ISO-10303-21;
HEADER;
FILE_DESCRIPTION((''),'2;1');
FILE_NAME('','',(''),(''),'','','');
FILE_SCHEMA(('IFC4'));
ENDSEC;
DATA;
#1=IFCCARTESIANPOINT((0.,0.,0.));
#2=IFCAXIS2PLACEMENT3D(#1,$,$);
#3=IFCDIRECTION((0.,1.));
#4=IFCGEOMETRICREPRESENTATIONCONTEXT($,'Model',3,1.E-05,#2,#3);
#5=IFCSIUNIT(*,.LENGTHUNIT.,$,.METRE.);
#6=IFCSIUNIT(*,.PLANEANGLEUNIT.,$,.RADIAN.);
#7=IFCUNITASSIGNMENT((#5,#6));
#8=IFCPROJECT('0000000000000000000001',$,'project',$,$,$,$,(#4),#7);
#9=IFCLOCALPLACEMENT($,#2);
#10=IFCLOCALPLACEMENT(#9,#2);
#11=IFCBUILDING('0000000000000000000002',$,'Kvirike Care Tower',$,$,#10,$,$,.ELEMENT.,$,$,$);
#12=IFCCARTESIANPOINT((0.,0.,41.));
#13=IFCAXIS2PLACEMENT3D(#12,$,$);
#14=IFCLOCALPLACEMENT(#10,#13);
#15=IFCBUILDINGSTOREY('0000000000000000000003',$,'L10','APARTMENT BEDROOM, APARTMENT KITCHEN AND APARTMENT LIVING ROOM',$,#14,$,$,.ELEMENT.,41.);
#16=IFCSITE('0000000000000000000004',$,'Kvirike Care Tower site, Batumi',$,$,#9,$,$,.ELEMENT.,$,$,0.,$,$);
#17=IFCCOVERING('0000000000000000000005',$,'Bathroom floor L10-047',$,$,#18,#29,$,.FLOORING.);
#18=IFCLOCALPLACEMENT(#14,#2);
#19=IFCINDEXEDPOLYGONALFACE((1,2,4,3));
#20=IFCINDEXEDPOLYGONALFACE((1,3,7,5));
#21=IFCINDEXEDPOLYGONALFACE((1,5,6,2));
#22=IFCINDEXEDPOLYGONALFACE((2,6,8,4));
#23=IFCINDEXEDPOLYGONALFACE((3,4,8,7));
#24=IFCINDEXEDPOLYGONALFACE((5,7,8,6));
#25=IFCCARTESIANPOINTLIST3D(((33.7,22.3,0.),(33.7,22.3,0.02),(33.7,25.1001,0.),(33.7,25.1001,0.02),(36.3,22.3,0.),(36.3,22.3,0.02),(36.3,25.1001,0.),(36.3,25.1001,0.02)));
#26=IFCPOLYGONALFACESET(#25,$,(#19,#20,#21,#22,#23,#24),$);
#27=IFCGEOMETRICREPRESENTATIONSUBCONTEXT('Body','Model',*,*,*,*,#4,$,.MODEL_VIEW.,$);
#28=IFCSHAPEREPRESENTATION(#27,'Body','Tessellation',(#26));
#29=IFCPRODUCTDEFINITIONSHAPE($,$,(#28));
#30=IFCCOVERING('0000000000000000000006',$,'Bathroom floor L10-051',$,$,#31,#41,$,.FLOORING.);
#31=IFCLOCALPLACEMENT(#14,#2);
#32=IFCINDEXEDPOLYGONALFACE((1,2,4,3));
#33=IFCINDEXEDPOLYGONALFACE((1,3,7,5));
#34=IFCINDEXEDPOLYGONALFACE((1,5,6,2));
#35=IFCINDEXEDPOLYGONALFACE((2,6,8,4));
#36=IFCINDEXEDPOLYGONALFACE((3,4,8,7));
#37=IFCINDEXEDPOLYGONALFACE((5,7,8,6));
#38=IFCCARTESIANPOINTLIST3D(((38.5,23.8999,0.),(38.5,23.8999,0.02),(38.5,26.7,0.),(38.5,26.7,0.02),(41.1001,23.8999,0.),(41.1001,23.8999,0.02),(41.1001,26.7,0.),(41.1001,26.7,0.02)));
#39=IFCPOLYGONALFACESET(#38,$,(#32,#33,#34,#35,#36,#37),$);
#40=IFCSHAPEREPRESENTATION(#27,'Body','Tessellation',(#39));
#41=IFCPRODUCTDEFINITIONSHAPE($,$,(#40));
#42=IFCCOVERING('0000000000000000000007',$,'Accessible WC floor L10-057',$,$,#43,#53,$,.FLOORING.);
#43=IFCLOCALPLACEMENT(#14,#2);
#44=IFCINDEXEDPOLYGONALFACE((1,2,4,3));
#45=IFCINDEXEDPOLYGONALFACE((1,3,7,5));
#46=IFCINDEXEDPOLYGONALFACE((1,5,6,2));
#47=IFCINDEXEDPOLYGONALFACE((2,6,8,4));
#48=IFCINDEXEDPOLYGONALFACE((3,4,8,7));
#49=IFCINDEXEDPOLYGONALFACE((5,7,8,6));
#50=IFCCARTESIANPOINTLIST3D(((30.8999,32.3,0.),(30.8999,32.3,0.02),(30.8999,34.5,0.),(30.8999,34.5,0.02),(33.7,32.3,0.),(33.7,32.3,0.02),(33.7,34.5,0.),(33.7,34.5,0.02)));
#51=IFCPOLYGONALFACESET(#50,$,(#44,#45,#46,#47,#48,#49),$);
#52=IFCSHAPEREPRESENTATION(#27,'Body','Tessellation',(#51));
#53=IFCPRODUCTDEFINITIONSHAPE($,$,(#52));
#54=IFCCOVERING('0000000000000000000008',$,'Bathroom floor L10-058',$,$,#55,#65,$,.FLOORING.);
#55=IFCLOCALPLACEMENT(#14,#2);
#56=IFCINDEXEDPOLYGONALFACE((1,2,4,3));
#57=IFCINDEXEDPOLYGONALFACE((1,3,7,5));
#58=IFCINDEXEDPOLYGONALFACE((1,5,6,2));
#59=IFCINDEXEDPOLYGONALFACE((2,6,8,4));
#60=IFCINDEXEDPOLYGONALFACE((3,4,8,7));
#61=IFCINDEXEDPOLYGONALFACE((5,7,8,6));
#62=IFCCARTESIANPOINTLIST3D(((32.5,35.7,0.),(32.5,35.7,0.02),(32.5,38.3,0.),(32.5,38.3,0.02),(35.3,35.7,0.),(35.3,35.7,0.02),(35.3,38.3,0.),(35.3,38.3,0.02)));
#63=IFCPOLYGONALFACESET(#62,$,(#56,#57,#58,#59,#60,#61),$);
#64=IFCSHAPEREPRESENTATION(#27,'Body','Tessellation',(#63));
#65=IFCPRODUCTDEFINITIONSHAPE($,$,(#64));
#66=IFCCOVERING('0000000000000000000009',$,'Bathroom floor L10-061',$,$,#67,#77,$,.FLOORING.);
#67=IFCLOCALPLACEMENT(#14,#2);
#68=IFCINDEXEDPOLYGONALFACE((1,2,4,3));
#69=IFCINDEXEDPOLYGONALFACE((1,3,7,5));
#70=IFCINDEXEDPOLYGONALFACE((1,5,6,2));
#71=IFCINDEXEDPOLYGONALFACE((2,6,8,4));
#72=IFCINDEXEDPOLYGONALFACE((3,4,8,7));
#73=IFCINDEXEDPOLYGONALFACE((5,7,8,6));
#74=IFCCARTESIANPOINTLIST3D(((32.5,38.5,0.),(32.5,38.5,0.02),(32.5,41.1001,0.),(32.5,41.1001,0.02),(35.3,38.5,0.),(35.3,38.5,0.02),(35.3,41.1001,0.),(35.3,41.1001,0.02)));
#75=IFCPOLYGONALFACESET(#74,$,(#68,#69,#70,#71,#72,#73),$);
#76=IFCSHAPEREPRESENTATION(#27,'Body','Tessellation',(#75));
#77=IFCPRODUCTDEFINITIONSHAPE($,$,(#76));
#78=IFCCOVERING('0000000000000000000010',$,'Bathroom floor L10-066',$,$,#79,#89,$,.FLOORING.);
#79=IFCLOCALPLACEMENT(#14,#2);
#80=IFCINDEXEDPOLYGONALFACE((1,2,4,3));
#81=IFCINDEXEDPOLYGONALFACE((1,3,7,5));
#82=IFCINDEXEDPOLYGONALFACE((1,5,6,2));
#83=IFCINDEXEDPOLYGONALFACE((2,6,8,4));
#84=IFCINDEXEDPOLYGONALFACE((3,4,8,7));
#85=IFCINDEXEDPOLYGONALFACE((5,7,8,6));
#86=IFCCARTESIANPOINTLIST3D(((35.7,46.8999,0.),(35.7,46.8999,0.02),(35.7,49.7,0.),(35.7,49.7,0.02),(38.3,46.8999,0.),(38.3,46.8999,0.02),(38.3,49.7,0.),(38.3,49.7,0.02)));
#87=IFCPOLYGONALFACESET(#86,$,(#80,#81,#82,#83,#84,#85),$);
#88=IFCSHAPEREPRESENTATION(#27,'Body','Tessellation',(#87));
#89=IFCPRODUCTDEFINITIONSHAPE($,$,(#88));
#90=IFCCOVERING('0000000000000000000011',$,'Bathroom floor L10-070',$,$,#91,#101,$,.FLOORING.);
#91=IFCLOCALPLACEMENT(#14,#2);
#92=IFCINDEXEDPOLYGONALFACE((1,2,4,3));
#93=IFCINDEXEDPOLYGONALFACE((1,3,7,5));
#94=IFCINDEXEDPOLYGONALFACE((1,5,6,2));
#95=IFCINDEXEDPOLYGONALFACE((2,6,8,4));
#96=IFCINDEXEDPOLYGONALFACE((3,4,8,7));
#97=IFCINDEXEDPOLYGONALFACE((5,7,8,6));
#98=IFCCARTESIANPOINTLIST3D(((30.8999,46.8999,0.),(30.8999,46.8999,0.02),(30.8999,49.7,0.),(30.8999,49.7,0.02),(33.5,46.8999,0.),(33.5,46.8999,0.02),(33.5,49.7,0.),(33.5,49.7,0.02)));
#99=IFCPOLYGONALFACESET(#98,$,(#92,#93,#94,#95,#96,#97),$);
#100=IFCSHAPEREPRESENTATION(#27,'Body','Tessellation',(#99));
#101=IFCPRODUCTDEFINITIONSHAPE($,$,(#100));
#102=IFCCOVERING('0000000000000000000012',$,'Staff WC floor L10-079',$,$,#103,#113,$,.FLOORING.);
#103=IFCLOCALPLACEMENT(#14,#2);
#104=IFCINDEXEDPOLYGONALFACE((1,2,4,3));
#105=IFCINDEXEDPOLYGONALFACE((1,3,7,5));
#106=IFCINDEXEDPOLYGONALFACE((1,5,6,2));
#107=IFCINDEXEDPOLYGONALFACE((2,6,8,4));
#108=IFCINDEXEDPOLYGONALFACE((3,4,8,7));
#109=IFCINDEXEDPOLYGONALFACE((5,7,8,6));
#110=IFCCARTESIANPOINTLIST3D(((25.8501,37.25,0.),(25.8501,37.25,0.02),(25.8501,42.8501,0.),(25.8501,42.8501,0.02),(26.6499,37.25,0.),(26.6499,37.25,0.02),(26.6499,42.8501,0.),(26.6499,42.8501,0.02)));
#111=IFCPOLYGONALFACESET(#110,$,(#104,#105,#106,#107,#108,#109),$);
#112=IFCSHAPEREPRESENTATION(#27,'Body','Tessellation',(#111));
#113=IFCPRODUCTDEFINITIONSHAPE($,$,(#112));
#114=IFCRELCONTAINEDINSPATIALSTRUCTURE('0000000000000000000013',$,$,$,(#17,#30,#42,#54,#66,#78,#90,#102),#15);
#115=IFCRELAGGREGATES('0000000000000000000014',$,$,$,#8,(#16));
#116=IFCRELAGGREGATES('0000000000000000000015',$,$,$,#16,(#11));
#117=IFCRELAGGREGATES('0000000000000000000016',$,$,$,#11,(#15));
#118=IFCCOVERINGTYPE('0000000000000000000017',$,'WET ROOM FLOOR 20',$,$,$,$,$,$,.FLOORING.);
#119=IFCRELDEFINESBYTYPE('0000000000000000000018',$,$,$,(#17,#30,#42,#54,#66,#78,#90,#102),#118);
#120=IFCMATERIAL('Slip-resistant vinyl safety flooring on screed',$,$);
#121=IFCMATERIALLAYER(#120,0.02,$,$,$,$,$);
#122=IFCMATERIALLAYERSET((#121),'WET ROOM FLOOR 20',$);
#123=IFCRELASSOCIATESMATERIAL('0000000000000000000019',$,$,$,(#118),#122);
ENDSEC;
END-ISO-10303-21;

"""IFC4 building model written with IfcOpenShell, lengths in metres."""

from ifc_helpers import new_model, si_unit, direction, frame, origin, place, context, subcontext, project, spatial, polyline, outline, extrude, material, layer, layer_set, type_object, element, save


model = new_model("IFC4")

# Units and contexts
model_context = context("Model", 3, precision=1e-05, world=origin(), true_north=direction((0.0, 1.0)))
body_context = subcontext(model_context, "Body", "Model", "MODEL_VIEW")
ifc_project = project(units=[si_unit("LENGTHUNIT", "METRE"), si_unit("PLANEANGLEUNIT", "RADIAN")], contexts=[model_context])

# Site, building, storey
site_placement = place(None, origin())
site = spatial("IfcSite", under=ifc_project, at=site_placement, Name="Kvirike Care Tower site, Batumi", CompositionType="ELEMENT", RefElevation=0.0)
building_placement = place(site_placement, origin())
building = spatial("IfcBuilding", under=site, at=building_placement, Name="Kvirike Care Tower", CompositionType="ELEMENT")
storey_placement = place(building_placement, frame((0.0, 0.0, 41.0)))
storey = spatial("IfcBuildingStorey", under=building, at=storey_placement, Name="L10", Description="APARTMENT BEDROOM, APARTMENT KITCHEN AND APARTMENT LIVING ROOM", CompositionType="ELEMENT", Elevation=41.0)

# Coverings
ifc_material_1 = material(Name="Slip-resistant vinyl safety flooring on screed")
ifc_layer_1 = layer(ifc_material_1, 0.02)
ifc_layer_set_1 = layer_set([ifc_layer_1], Name="WET ROOM FLOOR 20")
covering_type = type_object("IfcCoveringType", Name="WET ROOM FLOOR 20", PredefinedType="FLOORING", material=ifc_layer_set_1)
covering_1_placement = place(storey_placement, origin())
element("IfcCovering", 1, at=covering_1_placement, inside=storey, type_object=covering_type, Name="Bathroom floor L10-047", PredefinedType="FLOORING", context=body_context, shape_type="SweptSolid", body=[
    extrude(outline(polyline([(33.7, 22.3), (33.7, 25.1001), (36.3, 25.1001), (36.3, 22.3), (33.7, 22.3)])), origin(), (0.0, 0.0, 1.0), 0.02),
])
covering_2_placement = place(storey_placement, origin())
element("IfcCovering", 2, at=covering_2_placement, inside=storey, type_object=covering_type, Name="Bathroom floor L10-051", PredefinedType="FLOORING", context=body_context, shape_type="SweptSolid", body=[
    extrude(outline(polyline([(38.5, 23.8999), (38.5, 26.7), (41.1001, 26.7), (41.1001, 23.8999), (38.5, 23.8999)])), origin(), (0.0, 0.0, 1.0), 0.02),
])
covering_3_placement = place(storey_placement, origin())
element("IfcCovering", 3, at=covering_3_placement, inside=storey, type_object=covering_type, Name="Accessible WC floor L10-057", PredefinedType="FLOORING", context=body_context, shape_type="SweptSolid", body=[
    extrude(outline(polyline([(33.7, 32.3), (30.8999, 32.3), (30.8999, 34.5), (33.7, 34.5), (33.7, 32.3)])), origin(), (0.0, 0.0, 1.0), 0.02),
])
covering_4_placement = place(storey_placement, origin())
element("IfcCovering", 4, at=covering_4_placement, inside=storey, type_object=covering_type, Name="Bathroom floor L10-058", PredefinedType="FLOORING", context=body_context, shape_type="SweptSolid", body=[
    extrude(outline(polyline([(35.3, 35.7), (32.5, 35.7), (32.5, 38.3), (35.3, 38.3), (35.3, 35.7)])), origin(), (0.0, 0.0, 1.0), 0.02),
])
covering_5_placement = place(storey_placement, origin())
element("IfcCovering", 5, at=covering_5_placement, inside=storey, type_object=covering_type, Name="Bathroom floor L10-061", PredefinedType="FLOORING", context=body_context, shape_type="SweptSolid", body=[
    extrude(outline(polyline([(35.3, 38.5), (32.5, 38.5), (32.5, 41.1001), (35.3, 41.1001), (35.3, 38.5)])), origin(), (0.0, 0.0, 1.0), 0.02),
])
covering_6_placement = place(storey_placement, origin())
element("IfcCovering", 6, at=covering_6_placement, inside=storey, type_object=covering_type, Name="Bathroom floor L10-066", PredefinedType="FLOORING", context=body_context, shape_type="SweptSolid", body=[
    extrude(outline(polyline([(38.3, 49.7), (38.3, 46.8999), (35.7, 46.8999), (35.7, 49.7), (38.3, 49.7)])), origin(), (0.0, 0.0, 1.0), 0.02),
])
covering_7_placement = place(storey_placement, origin())
element("IfcCovering", 7, at=covering_7_placement, inside=storey, type_object=covering_type, Name="Bathroom floor L10-070", PredefinedType="FLOORING", context=body_context, shape_type="SweptSolid", body=[
    extrude(outline(polyline([(33.5, 49.7), (33.5, 46.8999), (30.8999, 46.8999), (30.8999, 49.7), (33.5, 49.7)])), origin(), (0.0, 0.0, 1.0), 0.02),
])
covering_8_placement = place(storey_placement, origin())
element("IfcCovering", 8, at=covering_8_placement, inside=storey, type_object=covering_type, Name="Staff WC floor L10-079", PredefinedType="FLOORING", context=body_context, shape_type="SweptSolid", body=[
    extrude(outline(polyline([(26.6499, 37.25), (25.8501, 37.25), (25.8501, 42.8501), (26.6499, 42.8501), (26.6499, 37.25)])), origin(), (0.0, 0.0, 1.0), 0.02),
])

save(model, "model.ifc")
